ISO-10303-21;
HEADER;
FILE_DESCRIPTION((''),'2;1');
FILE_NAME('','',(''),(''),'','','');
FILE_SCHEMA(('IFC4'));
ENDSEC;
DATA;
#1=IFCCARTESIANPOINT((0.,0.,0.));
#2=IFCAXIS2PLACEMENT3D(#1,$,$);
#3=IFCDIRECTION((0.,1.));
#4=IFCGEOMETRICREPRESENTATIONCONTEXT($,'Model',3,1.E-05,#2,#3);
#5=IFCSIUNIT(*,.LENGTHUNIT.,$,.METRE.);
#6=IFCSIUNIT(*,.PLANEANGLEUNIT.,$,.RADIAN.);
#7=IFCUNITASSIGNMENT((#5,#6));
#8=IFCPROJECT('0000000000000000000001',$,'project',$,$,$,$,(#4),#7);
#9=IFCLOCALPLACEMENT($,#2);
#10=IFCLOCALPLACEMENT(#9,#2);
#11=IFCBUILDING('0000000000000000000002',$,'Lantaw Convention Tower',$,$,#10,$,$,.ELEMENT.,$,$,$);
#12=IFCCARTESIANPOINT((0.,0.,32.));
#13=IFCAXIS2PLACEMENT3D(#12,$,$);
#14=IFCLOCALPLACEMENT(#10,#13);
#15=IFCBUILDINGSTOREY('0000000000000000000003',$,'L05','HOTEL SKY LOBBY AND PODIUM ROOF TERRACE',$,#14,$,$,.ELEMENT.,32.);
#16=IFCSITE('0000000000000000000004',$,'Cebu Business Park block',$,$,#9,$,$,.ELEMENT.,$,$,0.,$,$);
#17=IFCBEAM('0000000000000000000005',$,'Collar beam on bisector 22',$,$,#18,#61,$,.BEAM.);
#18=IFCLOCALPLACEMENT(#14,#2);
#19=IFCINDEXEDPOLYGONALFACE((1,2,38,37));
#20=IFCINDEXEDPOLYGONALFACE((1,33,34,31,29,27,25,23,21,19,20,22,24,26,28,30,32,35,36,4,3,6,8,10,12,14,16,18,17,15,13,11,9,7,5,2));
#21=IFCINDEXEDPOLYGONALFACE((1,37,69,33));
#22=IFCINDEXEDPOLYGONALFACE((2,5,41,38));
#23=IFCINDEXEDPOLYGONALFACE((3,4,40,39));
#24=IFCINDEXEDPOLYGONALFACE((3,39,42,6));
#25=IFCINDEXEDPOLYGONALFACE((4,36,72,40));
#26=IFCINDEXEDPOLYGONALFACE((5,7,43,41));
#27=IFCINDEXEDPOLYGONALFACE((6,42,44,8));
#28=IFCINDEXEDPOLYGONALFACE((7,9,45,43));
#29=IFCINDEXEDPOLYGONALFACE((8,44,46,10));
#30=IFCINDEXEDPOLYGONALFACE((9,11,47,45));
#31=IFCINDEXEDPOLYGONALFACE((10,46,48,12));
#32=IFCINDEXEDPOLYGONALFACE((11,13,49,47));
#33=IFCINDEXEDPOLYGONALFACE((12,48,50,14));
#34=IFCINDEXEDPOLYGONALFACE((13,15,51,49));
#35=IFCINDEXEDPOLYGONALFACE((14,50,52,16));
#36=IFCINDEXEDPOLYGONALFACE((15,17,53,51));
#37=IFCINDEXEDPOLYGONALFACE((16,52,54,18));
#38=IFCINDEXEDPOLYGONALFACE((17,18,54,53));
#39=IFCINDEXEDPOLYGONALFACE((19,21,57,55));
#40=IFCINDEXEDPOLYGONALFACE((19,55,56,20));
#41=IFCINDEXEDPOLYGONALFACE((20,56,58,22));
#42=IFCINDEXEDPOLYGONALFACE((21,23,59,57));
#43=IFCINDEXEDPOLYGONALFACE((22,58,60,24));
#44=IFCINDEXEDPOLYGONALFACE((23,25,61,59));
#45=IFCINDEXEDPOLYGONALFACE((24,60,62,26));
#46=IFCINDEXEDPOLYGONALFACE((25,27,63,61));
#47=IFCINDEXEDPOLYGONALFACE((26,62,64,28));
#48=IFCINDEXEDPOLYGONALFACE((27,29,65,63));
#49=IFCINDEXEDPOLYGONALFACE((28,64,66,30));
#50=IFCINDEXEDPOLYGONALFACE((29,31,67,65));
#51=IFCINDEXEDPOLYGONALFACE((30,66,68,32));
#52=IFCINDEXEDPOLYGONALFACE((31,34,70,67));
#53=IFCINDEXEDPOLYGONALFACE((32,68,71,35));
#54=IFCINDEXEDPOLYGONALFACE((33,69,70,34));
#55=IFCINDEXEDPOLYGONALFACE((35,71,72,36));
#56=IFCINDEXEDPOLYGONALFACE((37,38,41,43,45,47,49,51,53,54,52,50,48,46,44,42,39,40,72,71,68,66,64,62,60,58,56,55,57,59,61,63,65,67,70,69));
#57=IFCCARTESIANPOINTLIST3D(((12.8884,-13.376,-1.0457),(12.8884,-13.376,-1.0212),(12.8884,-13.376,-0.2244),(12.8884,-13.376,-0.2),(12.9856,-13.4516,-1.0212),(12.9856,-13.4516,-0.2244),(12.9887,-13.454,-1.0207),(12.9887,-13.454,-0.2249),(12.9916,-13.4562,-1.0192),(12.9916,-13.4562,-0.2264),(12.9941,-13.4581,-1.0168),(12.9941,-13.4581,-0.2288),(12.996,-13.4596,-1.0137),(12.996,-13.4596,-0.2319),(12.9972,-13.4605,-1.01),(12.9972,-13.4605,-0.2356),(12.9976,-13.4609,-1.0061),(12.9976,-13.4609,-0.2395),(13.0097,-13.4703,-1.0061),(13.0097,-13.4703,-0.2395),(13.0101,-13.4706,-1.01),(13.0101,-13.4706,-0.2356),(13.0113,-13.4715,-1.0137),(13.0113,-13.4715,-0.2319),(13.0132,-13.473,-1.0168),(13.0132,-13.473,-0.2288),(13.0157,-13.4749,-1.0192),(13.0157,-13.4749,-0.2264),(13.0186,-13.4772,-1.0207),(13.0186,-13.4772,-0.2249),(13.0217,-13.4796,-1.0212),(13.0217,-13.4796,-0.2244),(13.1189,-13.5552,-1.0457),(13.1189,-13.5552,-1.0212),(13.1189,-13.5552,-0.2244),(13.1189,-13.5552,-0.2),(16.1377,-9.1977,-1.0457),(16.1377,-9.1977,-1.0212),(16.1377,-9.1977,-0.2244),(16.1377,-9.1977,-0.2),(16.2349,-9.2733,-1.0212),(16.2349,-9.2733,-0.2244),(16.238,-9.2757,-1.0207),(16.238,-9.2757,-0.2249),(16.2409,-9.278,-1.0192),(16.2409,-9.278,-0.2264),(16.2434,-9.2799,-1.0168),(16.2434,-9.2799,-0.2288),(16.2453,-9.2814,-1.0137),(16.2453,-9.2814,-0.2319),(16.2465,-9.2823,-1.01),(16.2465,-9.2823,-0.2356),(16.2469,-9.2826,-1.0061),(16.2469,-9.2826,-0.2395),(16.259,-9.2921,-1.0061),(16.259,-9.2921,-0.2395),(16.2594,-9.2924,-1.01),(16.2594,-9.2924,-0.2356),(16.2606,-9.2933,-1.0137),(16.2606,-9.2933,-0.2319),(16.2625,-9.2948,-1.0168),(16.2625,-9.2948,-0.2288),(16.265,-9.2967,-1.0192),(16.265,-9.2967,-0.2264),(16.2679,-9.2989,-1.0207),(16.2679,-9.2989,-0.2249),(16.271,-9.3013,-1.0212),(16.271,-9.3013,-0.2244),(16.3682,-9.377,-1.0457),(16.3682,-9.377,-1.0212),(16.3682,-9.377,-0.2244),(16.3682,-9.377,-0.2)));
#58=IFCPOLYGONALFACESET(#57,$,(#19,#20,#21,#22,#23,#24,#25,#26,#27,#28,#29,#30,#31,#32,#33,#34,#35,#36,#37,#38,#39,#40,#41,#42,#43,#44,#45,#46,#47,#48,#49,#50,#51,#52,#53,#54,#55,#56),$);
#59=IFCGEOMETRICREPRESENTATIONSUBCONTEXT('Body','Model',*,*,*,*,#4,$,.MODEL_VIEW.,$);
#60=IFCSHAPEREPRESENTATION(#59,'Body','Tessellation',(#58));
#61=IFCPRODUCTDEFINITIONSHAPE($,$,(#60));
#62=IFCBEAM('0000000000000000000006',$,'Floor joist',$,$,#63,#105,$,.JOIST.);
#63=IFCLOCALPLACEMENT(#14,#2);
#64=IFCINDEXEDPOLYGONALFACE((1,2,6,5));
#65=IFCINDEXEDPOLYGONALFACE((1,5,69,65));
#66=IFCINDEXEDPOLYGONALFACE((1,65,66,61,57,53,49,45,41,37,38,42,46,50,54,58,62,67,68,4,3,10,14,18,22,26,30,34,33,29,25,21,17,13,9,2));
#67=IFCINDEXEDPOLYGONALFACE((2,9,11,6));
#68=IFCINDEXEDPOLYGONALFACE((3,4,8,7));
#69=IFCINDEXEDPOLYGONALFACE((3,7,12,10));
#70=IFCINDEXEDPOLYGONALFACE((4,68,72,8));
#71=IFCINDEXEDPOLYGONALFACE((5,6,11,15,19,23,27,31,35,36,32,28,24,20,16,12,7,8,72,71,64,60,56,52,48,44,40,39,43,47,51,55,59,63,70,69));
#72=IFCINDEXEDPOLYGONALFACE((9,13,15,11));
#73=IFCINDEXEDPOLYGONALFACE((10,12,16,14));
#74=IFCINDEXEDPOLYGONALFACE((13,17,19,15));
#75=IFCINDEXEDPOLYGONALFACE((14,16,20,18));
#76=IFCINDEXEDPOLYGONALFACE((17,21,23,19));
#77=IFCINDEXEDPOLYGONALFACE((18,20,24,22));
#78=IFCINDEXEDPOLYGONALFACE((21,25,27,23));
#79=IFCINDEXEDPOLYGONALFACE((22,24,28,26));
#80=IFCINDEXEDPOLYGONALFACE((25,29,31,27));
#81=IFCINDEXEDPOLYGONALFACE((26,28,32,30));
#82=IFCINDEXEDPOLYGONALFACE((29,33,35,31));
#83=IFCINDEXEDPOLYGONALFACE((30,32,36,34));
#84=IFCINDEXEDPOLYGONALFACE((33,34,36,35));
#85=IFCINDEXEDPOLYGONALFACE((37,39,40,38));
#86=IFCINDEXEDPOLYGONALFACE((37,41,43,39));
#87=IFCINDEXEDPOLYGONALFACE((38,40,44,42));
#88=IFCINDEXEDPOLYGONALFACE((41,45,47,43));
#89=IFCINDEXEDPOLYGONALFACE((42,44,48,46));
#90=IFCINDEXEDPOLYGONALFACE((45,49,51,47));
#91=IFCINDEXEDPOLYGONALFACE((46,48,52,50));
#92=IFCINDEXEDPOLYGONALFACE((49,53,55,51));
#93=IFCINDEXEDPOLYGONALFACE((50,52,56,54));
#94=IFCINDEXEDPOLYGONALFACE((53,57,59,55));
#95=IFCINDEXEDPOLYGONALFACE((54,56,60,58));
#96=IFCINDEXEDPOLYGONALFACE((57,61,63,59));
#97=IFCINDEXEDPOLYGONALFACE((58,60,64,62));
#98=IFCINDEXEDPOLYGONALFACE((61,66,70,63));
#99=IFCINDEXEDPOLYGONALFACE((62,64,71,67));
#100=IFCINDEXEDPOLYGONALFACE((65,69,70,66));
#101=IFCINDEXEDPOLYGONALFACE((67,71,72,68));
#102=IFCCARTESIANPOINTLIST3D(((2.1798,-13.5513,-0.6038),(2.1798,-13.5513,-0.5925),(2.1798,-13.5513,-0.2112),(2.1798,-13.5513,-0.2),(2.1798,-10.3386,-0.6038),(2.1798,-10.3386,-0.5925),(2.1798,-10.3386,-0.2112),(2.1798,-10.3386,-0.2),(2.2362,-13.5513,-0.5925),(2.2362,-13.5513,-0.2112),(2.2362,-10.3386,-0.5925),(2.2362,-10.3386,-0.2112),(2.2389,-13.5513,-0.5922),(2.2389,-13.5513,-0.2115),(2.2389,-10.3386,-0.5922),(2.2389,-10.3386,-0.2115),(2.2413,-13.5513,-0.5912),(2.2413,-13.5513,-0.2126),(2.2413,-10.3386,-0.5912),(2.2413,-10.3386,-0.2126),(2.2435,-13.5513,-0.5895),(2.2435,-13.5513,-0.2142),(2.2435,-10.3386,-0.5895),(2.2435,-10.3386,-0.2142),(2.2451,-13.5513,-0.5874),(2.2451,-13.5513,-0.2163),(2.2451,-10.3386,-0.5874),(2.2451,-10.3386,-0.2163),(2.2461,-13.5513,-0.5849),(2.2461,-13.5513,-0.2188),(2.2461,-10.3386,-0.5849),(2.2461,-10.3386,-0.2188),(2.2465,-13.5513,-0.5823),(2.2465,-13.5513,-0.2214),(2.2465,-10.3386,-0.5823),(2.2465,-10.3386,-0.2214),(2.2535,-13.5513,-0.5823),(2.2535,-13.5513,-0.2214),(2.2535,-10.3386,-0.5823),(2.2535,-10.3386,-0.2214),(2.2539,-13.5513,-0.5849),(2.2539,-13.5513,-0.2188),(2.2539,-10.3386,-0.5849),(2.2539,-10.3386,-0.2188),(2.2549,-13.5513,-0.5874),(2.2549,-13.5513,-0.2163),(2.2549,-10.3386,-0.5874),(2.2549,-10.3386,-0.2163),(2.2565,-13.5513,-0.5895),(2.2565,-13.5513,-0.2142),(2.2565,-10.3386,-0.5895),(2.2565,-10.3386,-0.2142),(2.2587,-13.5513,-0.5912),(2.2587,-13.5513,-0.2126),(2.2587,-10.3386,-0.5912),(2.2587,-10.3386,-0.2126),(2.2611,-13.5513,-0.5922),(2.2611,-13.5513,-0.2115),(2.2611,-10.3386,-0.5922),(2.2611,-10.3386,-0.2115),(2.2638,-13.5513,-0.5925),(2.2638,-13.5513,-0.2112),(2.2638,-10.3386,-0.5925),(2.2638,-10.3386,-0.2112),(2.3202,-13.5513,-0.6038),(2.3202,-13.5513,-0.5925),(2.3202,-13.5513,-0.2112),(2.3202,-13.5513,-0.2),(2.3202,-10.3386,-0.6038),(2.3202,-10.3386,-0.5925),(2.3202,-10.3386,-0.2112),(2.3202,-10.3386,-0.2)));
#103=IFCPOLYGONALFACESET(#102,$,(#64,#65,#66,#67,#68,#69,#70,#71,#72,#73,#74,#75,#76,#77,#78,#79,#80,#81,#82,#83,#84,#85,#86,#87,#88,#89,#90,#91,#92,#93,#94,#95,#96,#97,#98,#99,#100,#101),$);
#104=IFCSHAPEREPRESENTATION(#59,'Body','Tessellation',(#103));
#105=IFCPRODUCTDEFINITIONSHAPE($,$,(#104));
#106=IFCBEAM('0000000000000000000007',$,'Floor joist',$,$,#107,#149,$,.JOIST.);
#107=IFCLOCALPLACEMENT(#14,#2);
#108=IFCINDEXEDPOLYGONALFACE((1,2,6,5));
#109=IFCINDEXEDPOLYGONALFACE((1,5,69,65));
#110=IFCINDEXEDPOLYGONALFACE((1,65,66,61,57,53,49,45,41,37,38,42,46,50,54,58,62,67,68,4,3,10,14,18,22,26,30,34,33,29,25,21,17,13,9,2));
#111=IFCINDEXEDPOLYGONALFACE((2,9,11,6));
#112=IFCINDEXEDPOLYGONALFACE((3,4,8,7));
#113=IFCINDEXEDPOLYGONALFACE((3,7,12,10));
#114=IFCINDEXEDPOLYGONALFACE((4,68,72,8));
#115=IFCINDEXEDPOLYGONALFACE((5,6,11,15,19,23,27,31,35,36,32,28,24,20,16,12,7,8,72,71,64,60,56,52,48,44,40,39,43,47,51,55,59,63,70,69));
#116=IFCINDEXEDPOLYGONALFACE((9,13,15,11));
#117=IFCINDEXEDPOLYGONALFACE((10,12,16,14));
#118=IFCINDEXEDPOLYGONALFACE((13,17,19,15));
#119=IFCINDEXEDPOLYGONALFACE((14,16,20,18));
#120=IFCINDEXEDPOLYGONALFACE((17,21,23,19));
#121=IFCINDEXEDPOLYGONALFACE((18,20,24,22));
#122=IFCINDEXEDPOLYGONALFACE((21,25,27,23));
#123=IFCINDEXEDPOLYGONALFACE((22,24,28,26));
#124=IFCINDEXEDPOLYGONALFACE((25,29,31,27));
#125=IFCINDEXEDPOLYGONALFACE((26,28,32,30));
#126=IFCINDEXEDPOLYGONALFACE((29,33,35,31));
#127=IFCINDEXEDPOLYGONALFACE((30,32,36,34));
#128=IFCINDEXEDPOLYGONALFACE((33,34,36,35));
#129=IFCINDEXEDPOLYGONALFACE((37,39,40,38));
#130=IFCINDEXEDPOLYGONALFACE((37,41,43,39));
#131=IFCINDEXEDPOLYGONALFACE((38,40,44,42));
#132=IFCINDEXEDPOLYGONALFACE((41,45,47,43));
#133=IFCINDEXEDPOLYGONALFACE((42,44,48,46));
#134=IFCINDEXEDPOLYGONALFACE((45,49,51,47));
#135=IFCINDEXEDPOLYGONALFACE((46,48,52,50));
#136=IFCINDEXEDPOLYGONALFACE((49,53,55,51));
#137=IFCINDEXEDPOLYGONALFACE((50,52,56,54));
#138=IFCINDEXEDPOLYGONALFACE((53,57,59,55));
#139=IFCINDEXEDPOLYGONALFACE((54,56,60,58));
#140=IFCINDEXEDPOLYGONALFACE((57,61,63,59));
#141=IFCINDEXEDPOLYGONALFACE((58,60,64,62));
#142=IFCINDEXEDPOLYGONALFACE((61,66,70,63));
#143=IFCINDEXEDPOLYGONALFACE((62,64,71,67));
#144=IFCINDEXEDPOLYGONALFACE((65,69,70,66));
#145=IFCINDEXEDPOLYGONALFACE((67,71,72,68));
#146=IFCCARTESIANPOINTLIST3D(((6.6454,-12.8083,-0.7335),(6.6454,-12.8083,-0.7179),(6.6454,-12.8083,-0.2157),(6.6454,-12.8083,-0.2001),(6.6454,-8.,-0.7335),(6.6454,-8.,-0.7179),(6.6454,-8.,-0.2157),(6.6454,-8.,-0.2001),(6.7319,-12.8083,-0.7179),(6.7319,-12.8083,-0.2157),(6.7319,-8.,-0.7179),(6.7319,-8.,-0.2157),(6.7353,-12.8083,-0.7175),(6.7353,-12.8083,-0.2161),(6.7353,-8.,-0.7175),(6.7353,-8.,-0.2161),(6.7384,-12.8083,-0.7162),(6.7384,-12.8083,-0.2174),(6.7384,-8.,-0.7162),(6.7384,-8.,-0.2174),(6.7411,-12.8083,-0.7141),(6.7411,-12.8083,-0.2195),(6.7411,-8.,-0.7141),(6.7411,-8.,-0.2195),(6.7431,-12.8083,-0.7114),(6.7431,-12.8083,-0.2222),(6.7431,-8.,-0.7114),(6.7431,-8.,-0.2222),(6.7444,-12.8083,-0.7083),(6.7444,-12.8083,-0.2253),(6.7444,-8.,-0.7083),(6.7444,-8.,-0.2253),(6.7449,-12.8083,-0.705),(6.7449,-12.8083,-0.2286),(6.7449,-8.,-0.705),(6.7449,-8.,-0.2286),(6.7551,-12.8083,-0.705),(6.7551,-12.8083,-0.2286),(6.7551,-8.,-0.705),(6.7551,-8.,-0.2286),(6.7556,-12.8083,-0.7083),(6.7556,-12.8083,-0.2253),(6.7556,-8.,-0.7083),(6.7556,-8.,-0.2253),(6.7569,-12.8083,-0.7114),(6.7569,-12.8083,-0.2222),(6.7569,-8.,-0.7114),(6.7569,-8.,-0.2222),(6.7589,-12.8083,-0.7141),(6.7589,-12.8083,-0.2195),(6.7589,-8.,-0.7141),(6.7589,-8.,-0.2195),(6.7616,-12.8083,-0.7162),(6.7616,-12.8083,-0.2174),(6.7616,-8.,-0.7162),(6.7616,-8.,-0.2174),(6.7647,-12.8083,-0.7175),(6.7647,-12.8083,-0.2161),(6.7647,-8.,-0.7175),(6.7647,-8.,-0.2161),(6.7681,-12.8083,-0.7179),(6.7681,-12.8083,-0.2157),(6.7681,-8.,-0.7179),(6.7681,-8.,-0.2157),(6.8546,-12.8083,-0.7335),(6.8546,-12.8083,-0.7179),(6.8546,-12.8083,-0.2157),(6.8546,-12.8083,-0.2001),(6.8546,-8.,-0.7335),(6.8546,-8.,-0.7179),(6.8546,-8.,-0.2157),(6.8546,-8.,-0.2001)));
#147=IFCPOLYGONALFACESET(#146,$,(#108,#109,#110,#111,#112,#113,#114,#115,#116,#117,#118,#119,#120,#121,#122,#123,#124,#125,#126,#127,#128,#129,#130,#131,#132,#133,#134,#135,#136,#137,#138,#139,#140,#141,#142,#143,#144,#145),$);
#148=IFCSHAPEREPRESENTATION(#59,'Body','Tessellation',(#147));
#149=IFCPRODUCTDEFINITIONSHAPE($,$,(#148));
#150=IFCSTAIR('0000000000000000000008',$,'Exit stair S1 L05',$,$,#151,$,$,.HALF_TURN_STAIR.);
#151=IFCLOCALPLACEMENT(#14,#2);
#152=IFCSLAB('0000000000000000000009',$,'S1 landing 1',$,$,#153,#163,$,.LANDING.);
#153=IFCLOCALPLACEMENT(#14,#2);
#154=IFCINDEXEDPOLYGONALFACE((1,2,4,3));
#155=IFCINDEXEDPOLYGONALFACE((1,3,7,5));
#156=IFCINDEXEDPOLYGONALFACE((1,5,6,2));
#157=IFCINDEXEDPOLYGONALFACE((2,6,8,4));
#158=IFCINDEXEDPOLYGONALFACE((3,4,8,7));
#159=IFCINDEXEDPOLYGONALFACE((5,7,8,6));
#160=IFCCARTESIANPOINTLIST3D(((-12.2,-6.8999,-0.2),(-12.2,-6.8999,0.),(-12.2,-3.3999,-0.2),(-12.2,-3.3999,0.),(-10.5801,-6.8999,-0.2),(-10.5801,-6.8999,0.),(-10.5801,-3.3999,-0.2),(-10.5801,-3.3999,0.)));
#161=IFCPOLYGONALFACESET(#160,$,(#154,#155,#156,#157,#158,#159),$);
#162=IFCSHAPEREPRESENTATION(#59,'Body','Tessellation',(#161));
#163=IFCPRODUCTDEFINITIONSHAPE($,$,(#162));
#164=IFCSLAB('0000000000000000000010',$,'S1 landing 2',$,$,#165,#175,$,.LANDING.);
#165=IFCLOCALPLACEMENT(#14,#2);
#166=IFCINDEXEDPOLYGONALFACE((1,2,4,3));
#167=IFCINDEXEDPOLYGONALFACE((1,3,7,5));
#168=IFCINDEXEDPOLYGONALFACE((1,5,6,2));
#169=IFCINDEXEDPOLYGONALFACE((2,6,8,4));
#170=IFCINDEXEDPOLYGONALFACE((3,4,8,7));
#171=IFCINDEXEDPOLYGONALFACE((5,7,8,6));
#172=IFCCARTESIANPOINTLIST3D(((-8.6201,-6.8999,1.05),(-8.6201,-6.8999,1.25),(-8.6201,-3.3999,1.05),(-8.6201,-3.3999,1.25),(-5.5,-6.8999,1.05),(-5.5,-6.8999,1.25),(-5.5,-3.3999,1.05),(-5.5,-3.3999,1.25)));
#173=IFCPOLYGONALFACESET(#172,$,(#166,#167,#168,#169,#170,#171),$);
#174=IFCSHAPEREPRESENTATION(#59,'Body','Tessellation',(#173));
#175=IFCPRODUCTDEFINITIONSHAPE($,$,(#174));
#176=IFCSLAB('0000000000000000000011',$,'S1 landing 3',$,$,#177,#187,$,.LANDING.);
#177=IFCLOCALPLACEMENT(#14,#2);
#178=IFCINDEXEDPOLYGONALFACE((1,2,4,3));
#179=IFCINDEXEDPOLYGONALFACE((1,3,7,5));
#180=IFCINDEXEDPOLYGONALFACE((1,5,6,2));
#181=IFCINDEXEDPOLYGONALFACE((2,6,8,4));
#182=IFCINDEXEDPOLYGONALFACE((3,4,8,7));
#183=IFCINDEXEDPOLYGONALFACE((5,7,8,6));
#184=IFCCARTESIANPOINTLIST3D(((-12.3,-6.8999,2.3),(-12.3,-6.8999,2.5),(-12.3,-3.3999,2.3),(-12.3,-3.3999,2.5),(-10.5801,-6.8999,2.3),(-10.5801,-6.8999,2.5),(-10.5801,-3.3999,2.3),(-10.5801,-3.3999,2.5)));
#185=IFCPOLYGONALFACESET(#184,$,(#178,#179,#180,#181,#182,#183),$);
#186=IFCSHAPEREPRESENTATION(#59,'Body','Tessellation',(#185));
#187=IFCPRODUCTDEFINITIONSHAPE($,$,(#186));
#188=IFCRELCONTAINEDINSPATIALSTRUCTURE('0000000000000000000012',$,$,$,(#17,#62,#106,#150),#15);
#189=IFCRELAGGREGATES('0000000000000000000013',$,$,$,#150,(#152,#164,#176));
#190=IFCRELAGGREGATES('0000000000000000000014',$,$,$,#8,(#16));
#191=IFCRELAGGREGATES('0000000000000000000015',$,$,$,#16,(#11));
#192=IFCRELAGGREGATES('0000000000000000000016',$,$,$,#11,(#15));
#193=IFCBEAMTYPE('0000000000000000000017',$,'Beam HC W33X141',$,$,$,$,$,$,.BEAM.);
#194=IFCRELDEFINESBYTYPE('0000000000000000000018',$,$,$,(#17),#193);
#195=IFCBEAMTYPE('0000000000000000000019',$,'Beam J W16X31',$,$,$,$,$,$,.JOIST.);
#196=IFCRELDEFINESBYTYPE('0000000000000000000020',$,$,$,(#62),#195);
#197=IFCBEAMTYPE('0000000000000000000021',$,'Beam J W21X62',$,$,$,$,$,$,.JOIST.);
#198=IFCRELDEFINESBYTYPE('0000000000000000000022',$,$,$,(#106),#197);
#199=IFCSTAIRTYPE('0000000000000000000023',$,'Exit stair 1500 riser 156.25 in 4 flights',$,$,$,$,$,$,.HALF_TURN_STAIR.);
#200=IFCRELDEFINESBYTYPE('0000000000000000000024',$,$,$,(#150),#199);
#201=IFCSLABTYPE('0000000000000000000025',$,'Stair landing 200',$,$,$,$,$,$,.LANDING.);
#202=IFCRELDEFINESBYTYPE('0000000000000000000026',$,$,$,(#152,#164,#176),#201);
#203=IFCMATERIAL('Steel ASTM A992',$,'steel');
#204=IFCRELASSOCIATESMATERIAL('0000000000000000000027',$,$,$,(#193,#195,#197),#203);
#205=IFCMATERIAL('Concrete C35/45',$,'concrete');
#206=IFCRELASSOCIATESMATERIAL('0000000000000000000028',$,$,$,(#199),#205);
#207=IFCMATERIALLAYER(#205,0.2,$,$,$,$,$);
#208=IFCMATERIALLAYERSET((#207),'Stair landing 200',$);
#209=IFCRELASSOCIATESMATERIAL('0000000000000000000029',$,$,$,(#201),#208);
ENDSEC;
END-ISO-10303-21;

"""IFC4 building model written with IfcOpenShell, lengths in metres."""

from ifc_helpers import new_model, si_unit, direction, frame, origin, origin_2d, place, context, subcontext, project, spatial, polyline, i_section, outline, extrude, material, layer, layer_set, material_profile, profile_set, type_object, element, aggregate, save


model = new_model("IFC4")

# Units and contexts
model_context = context("Model", 3, precision=1e-05, world=origin(), true_north=direction((0.0, 1.0)))
body_context = subcontext(model_context, "Body", "Model", "MODEL_VIEW")
ifc_project = project(units=[si_unit("LENGTHUNIT", "METRE"), si_unit("PLANEANGLEUNIT", "RADIAN")], contexts=[model_context])

# Site, building, storey
site_placement = place(None, origin())
site = spatial("IfcSite", under=ifc_project, at=site_placement, Name="Cebu Business Park block", CompositionType="ELEMENT", RefElevation=0.0)
building_placement = place(site_placement, origin())
building = spatial("IfcBuilding", under=site, at=building_placement, Name="Lantaw Convention Tower", CompositionType="ELEMENT")
storey_placement = place(building_placement, frame((0.0, 0.0, 32.0)))
storey = spatial("IfcBuildingStorey", under=building, at=storey_placement, Name="L05", Description="HOTEL SKY LOBBY AND PODIUM ROOF TERRACE", CompositionType="ELEMENT", Elevation=32.0)

# Beams
ifc_material_1 = material(Name="Steel ASTM A992", Category="steel")
ifc_material_profile_1 = material_profile(ifc_material_1, i_section(OverallWidth=0.292, OverallDepth=0.8457, WebThickness=0.0154, FlangeThickness=0.0244, FilletRadius=0.0151, at=origin_2d()), Name="W33X141")
ifc_profile_set_1 = profile_set([ifc_material_profile_1], Name="Steel ASTM A992")
beam_type_1 = type_object("IfcBeamType", Name="Beam HC W33X141", PredefinedType="BEAM", material=ifc_profile_set_1)
beam_1_placement = place(storey_placement, frame((13.0037, -13.4656, -0.6228), z_axis=(0.613886, 0.789394, 0.0), x_axis=(-0.789394, 0.613886, 0.0)))
element("IfcBeam", 1, at=beam_1_placement, inside=storey, type_object=beam_type_1, Name="Collar beam on bisector 22", PredefinedType="BEAM", context=body_context, shape_type="SweptSolid", body=[
    extrude(i_section(OverallWidth=0.292, OverallDepth=0.8457, WebThickness=0.0154, FlangeThickness=0.0244, FilletRadius=0.0151, at=origin_2d()), origin(), (0.0, 0.0, 1.0), 5.293),
])
ifc_material_profile_2 = material_profile(ifc_material_1, i_section(OverallWidth=0.1404, OverallDepth=0.4038, WebThickness=0.0071, FlangeThickness=0.0112, FilletRadius=0.0103, at=origin_2d()), Name="W16X31")
ifc_profile_set_2 = profile_set([ifc_material_profile_2], Name="Steel ASTM A992")
beam_type_2 = type_object("IfcBeamType", Name="Beam J W16X31", PredefinedType="JOIST", material=ifc_profile_set_2)
beam_2_placement = place(storey_placement, frame((2.25, -13.5513, -0.4019), z_axis=(0.0, 1.0, 0.0), x_axis=(-1.0, 0.0, 0.0)))
element("IfcBeam", 2, at=beam_2_placement, inside=storey, type_object=beam_type_2, Name="Floor joist", PredefinedType="JOIST", context=body_context, shape_type="SweptSolid", body=[
    extrude(i_section(OverallWidth=0.1404, OverallDepth=0.4038, WebThickness=0.0071, FlangeThickness=0.0112, FilletRadius=0.0103, at=origin_2d()), origin(), (0.0, 0.0, 1.0), 3.2126),
])
ifc_material_profile_3 = material_profile(ifc_material_1, i_section(OverallWidth=0.2092, OverallDepth=0.5334, WebThickness=0.0103, FlangeThickness=0.0156, FilletRadius=0.0129, at=origin_2d()), Name="W21X62")
ifc_profile_set_3 = profile_set([ifc_material_profile_3], Name="Steel ASTM A992")
beam_type_3 = type_object("IfcBeamType", Name="Beam J W21X62", PredefinedType="JOIST", material=ifc_profile_set_3)
beam_3_placement = place(storey_placement, frame((6.75, -12.8083, -0.4668), z_axis=(0.0, 1.0, 0.0), x_axis=(-1.0, 0.0, 0.0)))
element("IfcBeam", 3, at=beam_3_placement, inside=storey, type_object=beam_type_3, Name="Floor joist", PredefinedType="JOIST", context=body_context, shape_type="SweptSolid", body=[
    extrude(i_section(OverallWidth=0.2092, OverallDepth=0.5334, WebThickness=0.0103, FlangeThickness=0.0156, FilletRadius=0.0129, at=origin_2d()), origin(), (0.0, 0.0, 1.0), 4.8083),
])

# Stair, slabs
ifc_material_2 = material(Name="Concrete C35/45", Category="concrete")
stair_type = type_object("IfcStairType", Name="Exit stair 1500 riser 156.25 in 4 flights", PredefinedType="HALF_TURN_STAIR", material=ifc_material_2)
stair_placement = place(storey_placement, origin())
stair = element("IfcStair", 4, at=stair_placement, inside=storey, type_object=stair_type, Name="Exit stair S1 L05", PredefinedType="HALF_TURN_STAIR")
ifc_layer_1 = layer(ifc_material_2, 0.2)
ifc_layer_set_1 = layer_set([ifc_layer_1], Name="Stair landing 200")
slab_type = type_object("IfcSlabType", Name="Stair landing 200", PredefinedType="LANDING", material=ifc_layer_set_1)
slab_1_placement = place(storey_placement, frame((0.0, 0.0, -0.2)))
slab_1 = element("IfcSlab", 5, at=slab_1_placement, type_object=slab_type, Name="S1 landing 1", PredefinedType="LANDING", context=body_context, shape_type="SweptSolid", body=[
    extrude(outline(polyline([(-12.2, -6.8999), (-10.5801, -6.8999), (-10.5801, -3.3999), (-12.2, -3.3999), (-12.2, -6.8999)])), origin(), (0.0, 0.0, 1.0), 0.2),
])
slab_2_placement = place(storey_placement, frame((0.0, 0.0, 1.05)))
slab_2 = element("IfcSlab", 6, at=slab_2_placement, type_object=slab_type, Name="S1 landing 2", PredefinedType="LANDING", context=body_context, shape_type="SweptSolid", body=[
    extrude(outline(polyline([(-8.6201, -6.8999), (-5.5, -6.8999), (-5.5, -3.3999), (-8.6201, -3.3999), (-8.6201, -6.8999)])), origin(), (0.0, 0.0, 1.0), 0.2),
])
slab_3_placement = place(storey_placement, frame((0.0, 0.0, 2.3)))
slab_3 = element("IfcSlab", 7, at=slab_3_placement, type_object=slab_type, Name="S1 landing 3", PredefinedType="LANDING", context=body_context, shape_type="SweptSolid", body=[
    extrude(outline(polyline([(-12.3, -6.8999), (-10.5801, -6.8999), (-10.5801, -3.3999), (-12.3, -3.3999), (-12.3, -6.8999)])), origin(), (0.0, 0.0, 1.0), 0.2),
])
aggregate(stair, [slab_1, slab_2, slab_3])

save(model, "model.ifc")
